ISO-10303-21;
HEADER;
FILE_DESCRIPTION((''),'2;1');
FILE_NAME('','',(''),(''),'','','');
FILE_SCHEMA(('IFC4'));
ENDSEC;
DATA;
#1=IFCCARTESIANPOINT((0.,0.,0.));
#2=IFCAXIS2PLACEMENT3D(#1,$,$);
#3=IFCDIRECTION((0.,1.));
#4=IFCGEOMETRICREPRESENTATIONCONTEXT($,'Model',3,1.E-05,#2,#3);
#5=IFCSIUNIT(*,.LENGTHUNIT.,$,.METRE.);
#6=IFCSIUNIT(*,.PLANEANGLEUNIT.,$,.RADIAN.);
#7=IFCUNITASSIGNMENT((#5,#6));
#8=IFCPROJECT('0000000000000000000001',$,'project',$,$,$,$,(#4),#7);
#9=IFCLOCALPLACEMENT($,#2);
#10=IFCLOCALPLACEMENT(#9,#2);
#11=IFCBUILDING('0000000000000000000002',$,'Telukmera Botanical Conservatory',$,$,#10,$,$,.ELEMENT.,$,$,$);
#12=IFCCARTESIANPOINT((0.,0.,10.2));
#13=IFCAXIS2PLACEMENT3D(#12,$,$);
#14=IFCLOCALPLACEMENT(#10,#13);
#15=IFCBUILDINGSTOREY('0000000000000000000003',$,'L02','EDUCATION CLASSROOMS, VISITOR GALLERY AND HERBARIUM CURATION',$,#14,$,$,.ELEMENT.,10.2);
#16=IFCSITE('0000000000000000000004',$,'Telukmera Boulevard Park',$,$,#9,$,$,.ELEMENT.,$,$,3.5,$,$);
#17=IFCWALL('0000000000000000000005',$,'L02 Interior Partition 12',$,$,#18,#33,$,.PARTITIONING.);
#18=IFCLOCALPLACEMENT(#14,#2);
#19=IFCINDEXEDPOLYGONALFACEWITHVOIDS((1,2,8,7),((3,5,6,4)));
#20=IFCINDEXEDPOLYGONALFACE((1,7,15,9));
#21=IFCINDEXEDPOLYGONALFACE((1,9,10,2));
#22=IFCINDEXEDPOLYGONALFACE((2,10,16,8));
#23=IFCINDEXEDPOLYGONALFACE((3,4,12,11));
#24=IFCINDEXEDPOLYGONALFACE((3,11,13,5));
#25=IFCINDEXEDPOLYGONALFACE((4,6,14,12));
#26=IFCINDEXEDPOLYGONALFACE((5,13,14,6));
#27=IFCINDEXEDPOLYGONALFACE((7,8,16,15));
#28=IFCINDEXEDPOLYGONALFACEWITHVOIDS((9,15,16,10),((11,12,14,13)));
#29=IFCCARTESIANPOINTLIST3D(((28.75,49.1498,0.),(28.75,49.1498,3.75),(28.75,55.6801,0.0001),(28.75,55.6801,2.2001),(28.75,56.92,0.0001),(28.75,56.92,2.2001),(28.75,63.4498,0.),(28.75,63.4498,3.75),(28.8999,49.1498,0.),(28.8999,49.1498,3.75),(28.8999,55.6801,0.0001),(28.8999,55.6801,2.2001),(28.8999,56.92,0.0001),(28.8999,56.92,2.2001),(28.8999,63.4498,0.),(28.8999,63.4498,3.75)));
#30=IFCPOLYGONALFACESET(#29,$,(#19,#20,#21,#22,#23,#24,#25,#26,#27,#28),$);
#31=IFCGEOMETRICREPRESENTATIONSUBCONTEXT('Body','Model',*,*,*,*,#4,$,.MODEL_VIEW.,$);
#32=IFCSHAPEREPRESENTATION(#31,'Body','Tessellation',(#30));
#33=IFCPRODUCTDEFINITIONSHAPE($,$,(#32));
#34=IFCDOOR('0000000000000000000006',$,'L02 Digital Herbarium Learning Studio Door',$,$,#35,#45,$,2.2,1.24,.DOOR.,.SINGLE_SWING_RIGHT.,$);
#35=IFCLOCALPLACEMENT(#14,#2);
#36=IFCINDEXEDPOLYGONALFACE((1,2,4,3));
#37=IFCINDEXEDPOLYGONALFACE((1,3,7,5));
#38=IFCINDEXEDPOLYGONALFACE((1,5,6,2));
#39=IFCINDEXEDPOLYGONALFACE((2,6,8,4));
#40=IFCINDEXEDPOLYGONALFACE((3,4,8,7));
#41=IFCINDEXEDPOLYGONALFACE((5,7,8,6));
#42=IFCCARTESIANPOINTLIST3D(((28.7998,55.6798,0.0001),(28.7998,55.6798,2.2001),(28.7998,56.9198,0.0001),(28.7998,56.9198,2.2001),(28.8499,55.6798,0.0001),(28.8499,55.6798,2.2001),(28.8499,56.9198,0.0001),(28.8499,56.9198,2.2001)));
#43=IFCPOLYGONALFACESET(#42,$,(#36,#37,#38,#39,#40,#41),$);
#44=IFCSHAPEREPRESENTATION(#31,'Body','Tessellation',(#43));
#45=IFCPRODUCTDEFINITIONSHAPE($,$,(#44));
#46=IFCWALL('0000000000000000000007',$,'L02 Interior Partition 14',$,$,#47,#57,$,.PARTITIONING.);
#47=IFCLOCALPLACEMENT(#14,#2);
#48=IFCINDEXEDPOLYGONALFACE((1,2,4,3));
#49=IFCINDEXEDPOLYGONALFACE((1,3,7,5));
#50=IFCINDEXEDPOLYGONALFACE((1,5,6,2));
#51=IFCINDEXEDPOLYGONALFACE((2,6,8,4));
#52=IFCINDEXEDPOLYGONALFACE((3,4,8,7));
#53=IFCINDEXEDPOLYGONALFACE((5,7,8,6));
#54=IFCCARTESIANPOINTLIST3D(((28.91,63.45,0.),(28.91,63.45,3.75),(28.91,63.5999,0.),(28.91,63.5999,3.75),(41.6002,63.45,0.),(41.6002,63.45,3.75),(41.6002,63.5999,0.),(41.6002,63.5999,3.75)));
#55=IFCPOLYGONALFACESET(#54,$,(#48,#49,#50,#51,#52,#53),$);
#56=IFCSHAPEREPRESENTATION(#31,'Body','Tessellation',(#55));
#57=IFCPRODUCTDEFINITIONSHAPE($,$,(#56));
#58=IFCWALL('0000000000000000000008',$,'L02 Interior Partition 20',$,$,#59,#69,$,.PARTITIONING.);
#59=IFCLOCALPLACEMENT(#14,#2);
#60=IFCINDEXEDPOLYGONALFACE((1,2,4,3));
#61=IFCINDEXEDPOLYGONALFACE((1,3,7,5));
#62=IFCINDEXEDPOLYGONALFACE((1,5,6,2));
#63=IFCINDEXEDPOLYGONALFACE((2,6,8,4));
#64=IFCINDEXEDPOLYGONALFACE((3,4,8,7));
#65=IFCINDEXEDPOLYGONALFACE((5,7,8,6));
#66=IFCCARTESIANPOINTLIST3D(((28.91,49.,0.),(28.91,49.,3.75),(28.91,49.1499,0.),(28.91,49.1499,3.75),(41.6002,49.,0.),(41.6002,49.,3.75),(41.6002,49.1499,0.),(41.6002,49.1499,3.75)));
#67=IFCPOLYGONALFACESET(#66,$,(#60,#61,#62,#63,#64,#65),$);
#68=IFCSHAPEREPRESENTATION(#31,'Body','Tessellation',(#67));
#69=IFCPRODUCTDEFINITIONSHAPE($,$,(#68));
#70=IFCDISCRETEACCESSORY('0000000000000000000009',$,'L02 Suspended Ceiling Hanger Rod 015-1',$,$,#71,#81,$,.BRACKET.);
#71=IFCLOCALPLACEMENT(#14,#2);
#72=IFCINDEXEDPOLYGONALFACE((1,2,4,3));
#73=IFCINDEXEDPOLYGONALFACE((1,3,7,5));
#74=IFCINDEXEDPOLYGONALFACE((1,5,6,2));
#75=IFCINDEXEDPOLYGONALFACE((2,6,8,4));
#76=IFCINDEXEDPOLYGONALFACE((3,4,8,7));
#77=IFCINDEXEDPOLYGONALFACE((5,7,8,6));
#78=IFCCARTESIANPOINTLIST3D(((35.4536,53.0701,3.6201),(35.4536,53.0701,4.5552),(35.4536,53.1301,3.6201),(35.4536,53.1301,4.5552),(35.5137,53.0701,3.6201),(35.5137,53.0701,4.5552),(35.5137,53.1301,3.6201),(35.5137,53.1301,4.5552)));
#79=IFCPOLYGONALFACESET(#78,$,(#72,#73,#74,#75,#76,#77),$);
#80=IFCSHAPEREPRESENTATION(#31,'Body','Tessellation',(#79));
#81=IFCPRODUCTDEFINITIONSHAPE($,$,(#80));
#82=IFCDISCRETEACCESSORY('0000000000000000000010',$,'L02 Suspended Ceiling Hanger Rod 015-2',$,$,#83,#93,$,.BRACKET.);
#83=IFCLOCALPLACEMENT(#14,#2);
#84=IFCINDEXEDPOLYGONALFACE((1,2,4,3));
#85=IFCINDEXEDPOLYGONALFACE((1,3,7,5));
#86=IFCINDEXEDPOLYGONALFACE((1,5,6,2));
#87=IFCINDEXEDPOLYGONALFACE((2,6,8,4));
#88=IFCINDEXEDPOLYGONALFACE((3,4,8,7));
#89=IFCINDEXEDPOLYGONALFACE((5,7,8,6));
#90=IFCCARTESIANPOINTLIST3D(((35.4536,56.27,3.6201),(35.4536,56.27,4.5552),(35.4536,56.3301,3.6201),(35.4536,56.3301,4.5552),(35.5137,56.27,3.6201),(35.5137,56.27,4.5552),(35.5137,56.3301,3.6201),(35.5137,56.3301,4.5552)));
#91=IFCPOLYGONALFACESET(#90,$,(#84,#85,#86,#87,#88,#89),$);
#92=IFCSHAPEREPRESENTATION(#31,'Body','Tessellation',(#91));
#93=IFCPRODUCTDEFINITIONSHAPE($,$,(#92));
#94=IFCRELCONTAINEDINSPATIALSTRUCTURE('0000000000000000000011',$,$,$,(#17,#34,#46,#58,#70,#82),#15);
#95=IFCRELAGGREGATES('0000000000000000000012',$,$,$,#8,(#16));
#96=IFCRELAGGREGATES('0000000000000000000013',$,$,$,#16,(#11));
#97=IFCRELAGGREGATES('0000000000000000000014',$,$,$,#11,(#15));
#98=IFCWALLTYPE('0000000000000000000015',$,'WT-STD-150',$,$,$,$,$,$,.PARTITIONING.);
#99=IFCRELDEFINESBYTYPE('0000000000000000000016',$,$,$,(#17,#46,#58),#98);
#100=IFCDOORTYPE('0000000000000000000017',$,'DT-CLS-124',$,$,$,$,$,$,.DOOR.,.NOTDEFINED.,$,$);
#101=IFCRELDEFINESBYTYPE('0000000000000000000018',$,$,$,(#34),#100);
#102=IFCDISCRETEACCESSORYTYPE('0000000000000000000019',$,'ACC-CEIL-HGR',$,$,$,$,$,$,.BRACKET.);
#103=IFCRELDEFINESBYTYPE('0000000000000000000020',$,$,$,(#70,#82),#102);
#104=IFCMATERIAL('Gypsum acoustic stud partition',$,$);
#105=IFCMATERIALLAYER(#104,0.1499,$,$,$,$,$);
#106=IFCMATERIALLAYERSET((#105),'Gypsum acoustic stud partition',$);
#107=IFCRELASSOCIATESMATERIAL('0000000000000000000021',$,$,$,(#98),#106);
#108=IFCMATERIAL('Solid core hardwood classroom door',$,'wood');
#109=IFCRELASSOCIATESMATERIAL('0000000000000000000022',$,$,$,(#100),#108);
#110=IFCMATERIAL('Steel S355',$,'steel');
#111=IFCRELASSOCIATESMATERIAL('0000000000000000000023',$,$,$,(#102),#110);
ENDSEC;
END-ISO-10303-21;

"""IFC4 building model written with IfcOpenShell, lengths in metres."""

from ifc_helpers import new_model, si_unit, direction, frame, frame_2d, origin, origin_2d, place, context, subcontext, project, spatial, rectangle, extrude, material, layer, layer_set, type_object, element, fill, save


model = new_model("IFC4")

# Units and contexts
model_context = context("Model", 3, precision=1e-05, world=origin(), true_north=direction((0.0, 1.0)))
body_context = subcontext(model_context, "Body", "Model", "MODEL_VIEW")
ifc_project = project(units=[si_unit("LENGTHUNIT", "METRE"), si_unit("PLANEANGLEUNIT", "RADIAN")], contexts=[model_context])

# Site, building, storey
site_placement = place(None, origin())
site = spatial("IfcSite", under=ifc_project, at=site_placement, Name="Telukmera Boulevard Park", CompositionType="ELEMENT", RefElevation=3.5)
building_placement = place(site_placement, origin())
building = spatial("IfcBuilding", under=site, at=building_placement, Name="Telukmera Botanical Conservatory", CompositionType="ELEMENT")
storey_placement = place(building_placement, frame((0.0, 0.0, 10.2)))
storey = spatial("IfcBuildingStorey", under=building, at=storey_placement, Name="L02", Description="EDUCATION CLASSROOMS, VISITOR GALLERY AND HERBARIUM CURATION", CompositionType="ELEMENT", Elevation=10.2)

# Wall, opening, door
ifc_material_1 = material(Name="Gypsum acoustic stud partition")
ifc_layer_1 = layer(ifc_material_1, 0.1499)
ifc_layer_set_1 = layer_set([ifc_layer_1], Name="Gypsum acoustic stud partition")
wall_type_1 = type_object("IfcWallType", Name="WT-STD-150", PredefinedType="PARTITIONING", material=ifc_layer_set_1)
wall_1_placement = place(storey_placement, frame((28.825, 49.1499, 0.0), z_axis=(0.0, 0.0, 1.0), x_axis=(0.0, 1.0, 0.0)))
wall_1 = element("IfcWall", 1, at=wall_1_placement, inside=storey, type_object=wall_type_1, Name="L02 Interior Partition 12", PredefinedType="PARTITIONING", context=body_context, shape_type="SweptSolid", body=[
    extrude(rectangle(XDim=14.3, YDim=0.1499, at=frame_2d((7.1499, 0.0))), origin(), (0.0, 0.0, 1.0), 3.75),
])
opening_1_placement = place(wall_1_placement, frame((6.53, 0.0, 0.0)))
opening_1 = element("IfcOpeningElement", 2, at=opening_1_placement, cuts=wall_1, PredefinedType="OPENING", context=body_context, shape_type="SweptSolid", body=[
    extrude(rectangle(XDim=1.24, YDim=2.2, at=frame_2d((0.6201, 1.1001))), frame((0.0, 0.085, 0.0), z_axis=(0.0, -1.0, 0.0), x_axis=(1.0, 0.0, 0.0)), (0.0, 0.0, 1.0), 0.1699),
])
ifc_material_2 = material(Name="Solid core hardwood classroom door", Category="wood")
door_type_1 = type_object("IfcDoorType", Name="DT-CLS-124", OperationType="NOTDEFINED", PredefinedType="DOOR", material=ifc_material_2)
door_1_placement = place(opening_1_placement, frame((1.24, 0.0, 0.0), z_axis=(0.0, 0.0, 1.0), x_axis=(-1.0, 0.0, 0.0)))
door_1 = element("IfcDoor", 3, at=door_1_placement, inside=storey, type_object=door_type_1, Name="L02 Digital Herbarium Learning Studio Door", OperationType="SINGLE_SWING_RIGHT", OverallHeight=2.2, OverallWidth=1.24, PredefinedType="DOOR", context=body_context, shape_type="SweptSolid", body=[
    extrude(rectangle(XDim=1.24, YDim=2.2, at=frame_2d((0.6201, 1.1001))), frame((0.0, 0.0249, 0.0), z_axis=(0.0, -1.0, 0.0), x_axis=(1.0, 0.0, 0.0)), (0.0, 0.0, 1.0), 0.05),
])
fill(opening_1, door_1)

# Walls
for number, where, z_axis, x_axis, name in (
    (4, (28.9099, 63.5249, 0.0), (0.0, 0.0, 1.0), (1.0, 0.0, 0.0), "L02 Interior Partition 14"),
    (5, (28.9099, 49.075, 0.0), (0.0, 0.0, 1.0), (1.0, 0.0, 0.0), "L02 Interior Partition 20"),
):
    element("IfcWall", number, at=place(storey_placement, frame(where, z_axis=z_axis, x_axis=x_axis)), inside=storey, type_object=wall_type_1, Name=name, PredefinedType="PARTITIONING", context=body_context, shape_type="SweptSolid", body=[
        extrude(rectangle(XDim=12.6902, YDim=0.1499, at=frame_2d((6.3452, 0.0))), origin(), (0.0, 0.0, 1.0), 3.75),
    ])

# Discrete accessories
ifc_material_3 = material(Name="Steel S355", Category="steel")
discrete_accessory_type = type_object("IfcDiscreteAccessoryType", Name="ACC-CEIL-HGR", PredefinedType="BRACKET", material=ifc_material_3)
for number, where, z_axis, x_axis, name in (
    (6, (35.4836, 53.1001, 3.6201), (0.0, 0.0, 1.0), (1.0, 0.0, 0.0), "L02 Suspended Ceiling Hanger Rod 015-1"),
    (7, (35.4836, 56.3, 3.6201), (0.0, 0.0, 1.0), (1.0, 0.0, 0.0), "L02 Suspended Ceiling Hanger Rod 015-2"),
):
    element("IfcDiscreteAccessory", number, at=place(storey_placement, frame(where, z_axis=z_axis, x_axis=x_axis)), inside=storey, type_object=discrete_accessory_type, Name=name, PredefinedType="BRACKET", context=body_context, shape_type="SweptSolid", body=[
        extrude(rectangle(XDim=0.0601, YDim=0.0601, at=origin_2d()), origin(), (0.0, 0.0, 1.0), 0.9351),
    ])

save(model, "model.ifc")
